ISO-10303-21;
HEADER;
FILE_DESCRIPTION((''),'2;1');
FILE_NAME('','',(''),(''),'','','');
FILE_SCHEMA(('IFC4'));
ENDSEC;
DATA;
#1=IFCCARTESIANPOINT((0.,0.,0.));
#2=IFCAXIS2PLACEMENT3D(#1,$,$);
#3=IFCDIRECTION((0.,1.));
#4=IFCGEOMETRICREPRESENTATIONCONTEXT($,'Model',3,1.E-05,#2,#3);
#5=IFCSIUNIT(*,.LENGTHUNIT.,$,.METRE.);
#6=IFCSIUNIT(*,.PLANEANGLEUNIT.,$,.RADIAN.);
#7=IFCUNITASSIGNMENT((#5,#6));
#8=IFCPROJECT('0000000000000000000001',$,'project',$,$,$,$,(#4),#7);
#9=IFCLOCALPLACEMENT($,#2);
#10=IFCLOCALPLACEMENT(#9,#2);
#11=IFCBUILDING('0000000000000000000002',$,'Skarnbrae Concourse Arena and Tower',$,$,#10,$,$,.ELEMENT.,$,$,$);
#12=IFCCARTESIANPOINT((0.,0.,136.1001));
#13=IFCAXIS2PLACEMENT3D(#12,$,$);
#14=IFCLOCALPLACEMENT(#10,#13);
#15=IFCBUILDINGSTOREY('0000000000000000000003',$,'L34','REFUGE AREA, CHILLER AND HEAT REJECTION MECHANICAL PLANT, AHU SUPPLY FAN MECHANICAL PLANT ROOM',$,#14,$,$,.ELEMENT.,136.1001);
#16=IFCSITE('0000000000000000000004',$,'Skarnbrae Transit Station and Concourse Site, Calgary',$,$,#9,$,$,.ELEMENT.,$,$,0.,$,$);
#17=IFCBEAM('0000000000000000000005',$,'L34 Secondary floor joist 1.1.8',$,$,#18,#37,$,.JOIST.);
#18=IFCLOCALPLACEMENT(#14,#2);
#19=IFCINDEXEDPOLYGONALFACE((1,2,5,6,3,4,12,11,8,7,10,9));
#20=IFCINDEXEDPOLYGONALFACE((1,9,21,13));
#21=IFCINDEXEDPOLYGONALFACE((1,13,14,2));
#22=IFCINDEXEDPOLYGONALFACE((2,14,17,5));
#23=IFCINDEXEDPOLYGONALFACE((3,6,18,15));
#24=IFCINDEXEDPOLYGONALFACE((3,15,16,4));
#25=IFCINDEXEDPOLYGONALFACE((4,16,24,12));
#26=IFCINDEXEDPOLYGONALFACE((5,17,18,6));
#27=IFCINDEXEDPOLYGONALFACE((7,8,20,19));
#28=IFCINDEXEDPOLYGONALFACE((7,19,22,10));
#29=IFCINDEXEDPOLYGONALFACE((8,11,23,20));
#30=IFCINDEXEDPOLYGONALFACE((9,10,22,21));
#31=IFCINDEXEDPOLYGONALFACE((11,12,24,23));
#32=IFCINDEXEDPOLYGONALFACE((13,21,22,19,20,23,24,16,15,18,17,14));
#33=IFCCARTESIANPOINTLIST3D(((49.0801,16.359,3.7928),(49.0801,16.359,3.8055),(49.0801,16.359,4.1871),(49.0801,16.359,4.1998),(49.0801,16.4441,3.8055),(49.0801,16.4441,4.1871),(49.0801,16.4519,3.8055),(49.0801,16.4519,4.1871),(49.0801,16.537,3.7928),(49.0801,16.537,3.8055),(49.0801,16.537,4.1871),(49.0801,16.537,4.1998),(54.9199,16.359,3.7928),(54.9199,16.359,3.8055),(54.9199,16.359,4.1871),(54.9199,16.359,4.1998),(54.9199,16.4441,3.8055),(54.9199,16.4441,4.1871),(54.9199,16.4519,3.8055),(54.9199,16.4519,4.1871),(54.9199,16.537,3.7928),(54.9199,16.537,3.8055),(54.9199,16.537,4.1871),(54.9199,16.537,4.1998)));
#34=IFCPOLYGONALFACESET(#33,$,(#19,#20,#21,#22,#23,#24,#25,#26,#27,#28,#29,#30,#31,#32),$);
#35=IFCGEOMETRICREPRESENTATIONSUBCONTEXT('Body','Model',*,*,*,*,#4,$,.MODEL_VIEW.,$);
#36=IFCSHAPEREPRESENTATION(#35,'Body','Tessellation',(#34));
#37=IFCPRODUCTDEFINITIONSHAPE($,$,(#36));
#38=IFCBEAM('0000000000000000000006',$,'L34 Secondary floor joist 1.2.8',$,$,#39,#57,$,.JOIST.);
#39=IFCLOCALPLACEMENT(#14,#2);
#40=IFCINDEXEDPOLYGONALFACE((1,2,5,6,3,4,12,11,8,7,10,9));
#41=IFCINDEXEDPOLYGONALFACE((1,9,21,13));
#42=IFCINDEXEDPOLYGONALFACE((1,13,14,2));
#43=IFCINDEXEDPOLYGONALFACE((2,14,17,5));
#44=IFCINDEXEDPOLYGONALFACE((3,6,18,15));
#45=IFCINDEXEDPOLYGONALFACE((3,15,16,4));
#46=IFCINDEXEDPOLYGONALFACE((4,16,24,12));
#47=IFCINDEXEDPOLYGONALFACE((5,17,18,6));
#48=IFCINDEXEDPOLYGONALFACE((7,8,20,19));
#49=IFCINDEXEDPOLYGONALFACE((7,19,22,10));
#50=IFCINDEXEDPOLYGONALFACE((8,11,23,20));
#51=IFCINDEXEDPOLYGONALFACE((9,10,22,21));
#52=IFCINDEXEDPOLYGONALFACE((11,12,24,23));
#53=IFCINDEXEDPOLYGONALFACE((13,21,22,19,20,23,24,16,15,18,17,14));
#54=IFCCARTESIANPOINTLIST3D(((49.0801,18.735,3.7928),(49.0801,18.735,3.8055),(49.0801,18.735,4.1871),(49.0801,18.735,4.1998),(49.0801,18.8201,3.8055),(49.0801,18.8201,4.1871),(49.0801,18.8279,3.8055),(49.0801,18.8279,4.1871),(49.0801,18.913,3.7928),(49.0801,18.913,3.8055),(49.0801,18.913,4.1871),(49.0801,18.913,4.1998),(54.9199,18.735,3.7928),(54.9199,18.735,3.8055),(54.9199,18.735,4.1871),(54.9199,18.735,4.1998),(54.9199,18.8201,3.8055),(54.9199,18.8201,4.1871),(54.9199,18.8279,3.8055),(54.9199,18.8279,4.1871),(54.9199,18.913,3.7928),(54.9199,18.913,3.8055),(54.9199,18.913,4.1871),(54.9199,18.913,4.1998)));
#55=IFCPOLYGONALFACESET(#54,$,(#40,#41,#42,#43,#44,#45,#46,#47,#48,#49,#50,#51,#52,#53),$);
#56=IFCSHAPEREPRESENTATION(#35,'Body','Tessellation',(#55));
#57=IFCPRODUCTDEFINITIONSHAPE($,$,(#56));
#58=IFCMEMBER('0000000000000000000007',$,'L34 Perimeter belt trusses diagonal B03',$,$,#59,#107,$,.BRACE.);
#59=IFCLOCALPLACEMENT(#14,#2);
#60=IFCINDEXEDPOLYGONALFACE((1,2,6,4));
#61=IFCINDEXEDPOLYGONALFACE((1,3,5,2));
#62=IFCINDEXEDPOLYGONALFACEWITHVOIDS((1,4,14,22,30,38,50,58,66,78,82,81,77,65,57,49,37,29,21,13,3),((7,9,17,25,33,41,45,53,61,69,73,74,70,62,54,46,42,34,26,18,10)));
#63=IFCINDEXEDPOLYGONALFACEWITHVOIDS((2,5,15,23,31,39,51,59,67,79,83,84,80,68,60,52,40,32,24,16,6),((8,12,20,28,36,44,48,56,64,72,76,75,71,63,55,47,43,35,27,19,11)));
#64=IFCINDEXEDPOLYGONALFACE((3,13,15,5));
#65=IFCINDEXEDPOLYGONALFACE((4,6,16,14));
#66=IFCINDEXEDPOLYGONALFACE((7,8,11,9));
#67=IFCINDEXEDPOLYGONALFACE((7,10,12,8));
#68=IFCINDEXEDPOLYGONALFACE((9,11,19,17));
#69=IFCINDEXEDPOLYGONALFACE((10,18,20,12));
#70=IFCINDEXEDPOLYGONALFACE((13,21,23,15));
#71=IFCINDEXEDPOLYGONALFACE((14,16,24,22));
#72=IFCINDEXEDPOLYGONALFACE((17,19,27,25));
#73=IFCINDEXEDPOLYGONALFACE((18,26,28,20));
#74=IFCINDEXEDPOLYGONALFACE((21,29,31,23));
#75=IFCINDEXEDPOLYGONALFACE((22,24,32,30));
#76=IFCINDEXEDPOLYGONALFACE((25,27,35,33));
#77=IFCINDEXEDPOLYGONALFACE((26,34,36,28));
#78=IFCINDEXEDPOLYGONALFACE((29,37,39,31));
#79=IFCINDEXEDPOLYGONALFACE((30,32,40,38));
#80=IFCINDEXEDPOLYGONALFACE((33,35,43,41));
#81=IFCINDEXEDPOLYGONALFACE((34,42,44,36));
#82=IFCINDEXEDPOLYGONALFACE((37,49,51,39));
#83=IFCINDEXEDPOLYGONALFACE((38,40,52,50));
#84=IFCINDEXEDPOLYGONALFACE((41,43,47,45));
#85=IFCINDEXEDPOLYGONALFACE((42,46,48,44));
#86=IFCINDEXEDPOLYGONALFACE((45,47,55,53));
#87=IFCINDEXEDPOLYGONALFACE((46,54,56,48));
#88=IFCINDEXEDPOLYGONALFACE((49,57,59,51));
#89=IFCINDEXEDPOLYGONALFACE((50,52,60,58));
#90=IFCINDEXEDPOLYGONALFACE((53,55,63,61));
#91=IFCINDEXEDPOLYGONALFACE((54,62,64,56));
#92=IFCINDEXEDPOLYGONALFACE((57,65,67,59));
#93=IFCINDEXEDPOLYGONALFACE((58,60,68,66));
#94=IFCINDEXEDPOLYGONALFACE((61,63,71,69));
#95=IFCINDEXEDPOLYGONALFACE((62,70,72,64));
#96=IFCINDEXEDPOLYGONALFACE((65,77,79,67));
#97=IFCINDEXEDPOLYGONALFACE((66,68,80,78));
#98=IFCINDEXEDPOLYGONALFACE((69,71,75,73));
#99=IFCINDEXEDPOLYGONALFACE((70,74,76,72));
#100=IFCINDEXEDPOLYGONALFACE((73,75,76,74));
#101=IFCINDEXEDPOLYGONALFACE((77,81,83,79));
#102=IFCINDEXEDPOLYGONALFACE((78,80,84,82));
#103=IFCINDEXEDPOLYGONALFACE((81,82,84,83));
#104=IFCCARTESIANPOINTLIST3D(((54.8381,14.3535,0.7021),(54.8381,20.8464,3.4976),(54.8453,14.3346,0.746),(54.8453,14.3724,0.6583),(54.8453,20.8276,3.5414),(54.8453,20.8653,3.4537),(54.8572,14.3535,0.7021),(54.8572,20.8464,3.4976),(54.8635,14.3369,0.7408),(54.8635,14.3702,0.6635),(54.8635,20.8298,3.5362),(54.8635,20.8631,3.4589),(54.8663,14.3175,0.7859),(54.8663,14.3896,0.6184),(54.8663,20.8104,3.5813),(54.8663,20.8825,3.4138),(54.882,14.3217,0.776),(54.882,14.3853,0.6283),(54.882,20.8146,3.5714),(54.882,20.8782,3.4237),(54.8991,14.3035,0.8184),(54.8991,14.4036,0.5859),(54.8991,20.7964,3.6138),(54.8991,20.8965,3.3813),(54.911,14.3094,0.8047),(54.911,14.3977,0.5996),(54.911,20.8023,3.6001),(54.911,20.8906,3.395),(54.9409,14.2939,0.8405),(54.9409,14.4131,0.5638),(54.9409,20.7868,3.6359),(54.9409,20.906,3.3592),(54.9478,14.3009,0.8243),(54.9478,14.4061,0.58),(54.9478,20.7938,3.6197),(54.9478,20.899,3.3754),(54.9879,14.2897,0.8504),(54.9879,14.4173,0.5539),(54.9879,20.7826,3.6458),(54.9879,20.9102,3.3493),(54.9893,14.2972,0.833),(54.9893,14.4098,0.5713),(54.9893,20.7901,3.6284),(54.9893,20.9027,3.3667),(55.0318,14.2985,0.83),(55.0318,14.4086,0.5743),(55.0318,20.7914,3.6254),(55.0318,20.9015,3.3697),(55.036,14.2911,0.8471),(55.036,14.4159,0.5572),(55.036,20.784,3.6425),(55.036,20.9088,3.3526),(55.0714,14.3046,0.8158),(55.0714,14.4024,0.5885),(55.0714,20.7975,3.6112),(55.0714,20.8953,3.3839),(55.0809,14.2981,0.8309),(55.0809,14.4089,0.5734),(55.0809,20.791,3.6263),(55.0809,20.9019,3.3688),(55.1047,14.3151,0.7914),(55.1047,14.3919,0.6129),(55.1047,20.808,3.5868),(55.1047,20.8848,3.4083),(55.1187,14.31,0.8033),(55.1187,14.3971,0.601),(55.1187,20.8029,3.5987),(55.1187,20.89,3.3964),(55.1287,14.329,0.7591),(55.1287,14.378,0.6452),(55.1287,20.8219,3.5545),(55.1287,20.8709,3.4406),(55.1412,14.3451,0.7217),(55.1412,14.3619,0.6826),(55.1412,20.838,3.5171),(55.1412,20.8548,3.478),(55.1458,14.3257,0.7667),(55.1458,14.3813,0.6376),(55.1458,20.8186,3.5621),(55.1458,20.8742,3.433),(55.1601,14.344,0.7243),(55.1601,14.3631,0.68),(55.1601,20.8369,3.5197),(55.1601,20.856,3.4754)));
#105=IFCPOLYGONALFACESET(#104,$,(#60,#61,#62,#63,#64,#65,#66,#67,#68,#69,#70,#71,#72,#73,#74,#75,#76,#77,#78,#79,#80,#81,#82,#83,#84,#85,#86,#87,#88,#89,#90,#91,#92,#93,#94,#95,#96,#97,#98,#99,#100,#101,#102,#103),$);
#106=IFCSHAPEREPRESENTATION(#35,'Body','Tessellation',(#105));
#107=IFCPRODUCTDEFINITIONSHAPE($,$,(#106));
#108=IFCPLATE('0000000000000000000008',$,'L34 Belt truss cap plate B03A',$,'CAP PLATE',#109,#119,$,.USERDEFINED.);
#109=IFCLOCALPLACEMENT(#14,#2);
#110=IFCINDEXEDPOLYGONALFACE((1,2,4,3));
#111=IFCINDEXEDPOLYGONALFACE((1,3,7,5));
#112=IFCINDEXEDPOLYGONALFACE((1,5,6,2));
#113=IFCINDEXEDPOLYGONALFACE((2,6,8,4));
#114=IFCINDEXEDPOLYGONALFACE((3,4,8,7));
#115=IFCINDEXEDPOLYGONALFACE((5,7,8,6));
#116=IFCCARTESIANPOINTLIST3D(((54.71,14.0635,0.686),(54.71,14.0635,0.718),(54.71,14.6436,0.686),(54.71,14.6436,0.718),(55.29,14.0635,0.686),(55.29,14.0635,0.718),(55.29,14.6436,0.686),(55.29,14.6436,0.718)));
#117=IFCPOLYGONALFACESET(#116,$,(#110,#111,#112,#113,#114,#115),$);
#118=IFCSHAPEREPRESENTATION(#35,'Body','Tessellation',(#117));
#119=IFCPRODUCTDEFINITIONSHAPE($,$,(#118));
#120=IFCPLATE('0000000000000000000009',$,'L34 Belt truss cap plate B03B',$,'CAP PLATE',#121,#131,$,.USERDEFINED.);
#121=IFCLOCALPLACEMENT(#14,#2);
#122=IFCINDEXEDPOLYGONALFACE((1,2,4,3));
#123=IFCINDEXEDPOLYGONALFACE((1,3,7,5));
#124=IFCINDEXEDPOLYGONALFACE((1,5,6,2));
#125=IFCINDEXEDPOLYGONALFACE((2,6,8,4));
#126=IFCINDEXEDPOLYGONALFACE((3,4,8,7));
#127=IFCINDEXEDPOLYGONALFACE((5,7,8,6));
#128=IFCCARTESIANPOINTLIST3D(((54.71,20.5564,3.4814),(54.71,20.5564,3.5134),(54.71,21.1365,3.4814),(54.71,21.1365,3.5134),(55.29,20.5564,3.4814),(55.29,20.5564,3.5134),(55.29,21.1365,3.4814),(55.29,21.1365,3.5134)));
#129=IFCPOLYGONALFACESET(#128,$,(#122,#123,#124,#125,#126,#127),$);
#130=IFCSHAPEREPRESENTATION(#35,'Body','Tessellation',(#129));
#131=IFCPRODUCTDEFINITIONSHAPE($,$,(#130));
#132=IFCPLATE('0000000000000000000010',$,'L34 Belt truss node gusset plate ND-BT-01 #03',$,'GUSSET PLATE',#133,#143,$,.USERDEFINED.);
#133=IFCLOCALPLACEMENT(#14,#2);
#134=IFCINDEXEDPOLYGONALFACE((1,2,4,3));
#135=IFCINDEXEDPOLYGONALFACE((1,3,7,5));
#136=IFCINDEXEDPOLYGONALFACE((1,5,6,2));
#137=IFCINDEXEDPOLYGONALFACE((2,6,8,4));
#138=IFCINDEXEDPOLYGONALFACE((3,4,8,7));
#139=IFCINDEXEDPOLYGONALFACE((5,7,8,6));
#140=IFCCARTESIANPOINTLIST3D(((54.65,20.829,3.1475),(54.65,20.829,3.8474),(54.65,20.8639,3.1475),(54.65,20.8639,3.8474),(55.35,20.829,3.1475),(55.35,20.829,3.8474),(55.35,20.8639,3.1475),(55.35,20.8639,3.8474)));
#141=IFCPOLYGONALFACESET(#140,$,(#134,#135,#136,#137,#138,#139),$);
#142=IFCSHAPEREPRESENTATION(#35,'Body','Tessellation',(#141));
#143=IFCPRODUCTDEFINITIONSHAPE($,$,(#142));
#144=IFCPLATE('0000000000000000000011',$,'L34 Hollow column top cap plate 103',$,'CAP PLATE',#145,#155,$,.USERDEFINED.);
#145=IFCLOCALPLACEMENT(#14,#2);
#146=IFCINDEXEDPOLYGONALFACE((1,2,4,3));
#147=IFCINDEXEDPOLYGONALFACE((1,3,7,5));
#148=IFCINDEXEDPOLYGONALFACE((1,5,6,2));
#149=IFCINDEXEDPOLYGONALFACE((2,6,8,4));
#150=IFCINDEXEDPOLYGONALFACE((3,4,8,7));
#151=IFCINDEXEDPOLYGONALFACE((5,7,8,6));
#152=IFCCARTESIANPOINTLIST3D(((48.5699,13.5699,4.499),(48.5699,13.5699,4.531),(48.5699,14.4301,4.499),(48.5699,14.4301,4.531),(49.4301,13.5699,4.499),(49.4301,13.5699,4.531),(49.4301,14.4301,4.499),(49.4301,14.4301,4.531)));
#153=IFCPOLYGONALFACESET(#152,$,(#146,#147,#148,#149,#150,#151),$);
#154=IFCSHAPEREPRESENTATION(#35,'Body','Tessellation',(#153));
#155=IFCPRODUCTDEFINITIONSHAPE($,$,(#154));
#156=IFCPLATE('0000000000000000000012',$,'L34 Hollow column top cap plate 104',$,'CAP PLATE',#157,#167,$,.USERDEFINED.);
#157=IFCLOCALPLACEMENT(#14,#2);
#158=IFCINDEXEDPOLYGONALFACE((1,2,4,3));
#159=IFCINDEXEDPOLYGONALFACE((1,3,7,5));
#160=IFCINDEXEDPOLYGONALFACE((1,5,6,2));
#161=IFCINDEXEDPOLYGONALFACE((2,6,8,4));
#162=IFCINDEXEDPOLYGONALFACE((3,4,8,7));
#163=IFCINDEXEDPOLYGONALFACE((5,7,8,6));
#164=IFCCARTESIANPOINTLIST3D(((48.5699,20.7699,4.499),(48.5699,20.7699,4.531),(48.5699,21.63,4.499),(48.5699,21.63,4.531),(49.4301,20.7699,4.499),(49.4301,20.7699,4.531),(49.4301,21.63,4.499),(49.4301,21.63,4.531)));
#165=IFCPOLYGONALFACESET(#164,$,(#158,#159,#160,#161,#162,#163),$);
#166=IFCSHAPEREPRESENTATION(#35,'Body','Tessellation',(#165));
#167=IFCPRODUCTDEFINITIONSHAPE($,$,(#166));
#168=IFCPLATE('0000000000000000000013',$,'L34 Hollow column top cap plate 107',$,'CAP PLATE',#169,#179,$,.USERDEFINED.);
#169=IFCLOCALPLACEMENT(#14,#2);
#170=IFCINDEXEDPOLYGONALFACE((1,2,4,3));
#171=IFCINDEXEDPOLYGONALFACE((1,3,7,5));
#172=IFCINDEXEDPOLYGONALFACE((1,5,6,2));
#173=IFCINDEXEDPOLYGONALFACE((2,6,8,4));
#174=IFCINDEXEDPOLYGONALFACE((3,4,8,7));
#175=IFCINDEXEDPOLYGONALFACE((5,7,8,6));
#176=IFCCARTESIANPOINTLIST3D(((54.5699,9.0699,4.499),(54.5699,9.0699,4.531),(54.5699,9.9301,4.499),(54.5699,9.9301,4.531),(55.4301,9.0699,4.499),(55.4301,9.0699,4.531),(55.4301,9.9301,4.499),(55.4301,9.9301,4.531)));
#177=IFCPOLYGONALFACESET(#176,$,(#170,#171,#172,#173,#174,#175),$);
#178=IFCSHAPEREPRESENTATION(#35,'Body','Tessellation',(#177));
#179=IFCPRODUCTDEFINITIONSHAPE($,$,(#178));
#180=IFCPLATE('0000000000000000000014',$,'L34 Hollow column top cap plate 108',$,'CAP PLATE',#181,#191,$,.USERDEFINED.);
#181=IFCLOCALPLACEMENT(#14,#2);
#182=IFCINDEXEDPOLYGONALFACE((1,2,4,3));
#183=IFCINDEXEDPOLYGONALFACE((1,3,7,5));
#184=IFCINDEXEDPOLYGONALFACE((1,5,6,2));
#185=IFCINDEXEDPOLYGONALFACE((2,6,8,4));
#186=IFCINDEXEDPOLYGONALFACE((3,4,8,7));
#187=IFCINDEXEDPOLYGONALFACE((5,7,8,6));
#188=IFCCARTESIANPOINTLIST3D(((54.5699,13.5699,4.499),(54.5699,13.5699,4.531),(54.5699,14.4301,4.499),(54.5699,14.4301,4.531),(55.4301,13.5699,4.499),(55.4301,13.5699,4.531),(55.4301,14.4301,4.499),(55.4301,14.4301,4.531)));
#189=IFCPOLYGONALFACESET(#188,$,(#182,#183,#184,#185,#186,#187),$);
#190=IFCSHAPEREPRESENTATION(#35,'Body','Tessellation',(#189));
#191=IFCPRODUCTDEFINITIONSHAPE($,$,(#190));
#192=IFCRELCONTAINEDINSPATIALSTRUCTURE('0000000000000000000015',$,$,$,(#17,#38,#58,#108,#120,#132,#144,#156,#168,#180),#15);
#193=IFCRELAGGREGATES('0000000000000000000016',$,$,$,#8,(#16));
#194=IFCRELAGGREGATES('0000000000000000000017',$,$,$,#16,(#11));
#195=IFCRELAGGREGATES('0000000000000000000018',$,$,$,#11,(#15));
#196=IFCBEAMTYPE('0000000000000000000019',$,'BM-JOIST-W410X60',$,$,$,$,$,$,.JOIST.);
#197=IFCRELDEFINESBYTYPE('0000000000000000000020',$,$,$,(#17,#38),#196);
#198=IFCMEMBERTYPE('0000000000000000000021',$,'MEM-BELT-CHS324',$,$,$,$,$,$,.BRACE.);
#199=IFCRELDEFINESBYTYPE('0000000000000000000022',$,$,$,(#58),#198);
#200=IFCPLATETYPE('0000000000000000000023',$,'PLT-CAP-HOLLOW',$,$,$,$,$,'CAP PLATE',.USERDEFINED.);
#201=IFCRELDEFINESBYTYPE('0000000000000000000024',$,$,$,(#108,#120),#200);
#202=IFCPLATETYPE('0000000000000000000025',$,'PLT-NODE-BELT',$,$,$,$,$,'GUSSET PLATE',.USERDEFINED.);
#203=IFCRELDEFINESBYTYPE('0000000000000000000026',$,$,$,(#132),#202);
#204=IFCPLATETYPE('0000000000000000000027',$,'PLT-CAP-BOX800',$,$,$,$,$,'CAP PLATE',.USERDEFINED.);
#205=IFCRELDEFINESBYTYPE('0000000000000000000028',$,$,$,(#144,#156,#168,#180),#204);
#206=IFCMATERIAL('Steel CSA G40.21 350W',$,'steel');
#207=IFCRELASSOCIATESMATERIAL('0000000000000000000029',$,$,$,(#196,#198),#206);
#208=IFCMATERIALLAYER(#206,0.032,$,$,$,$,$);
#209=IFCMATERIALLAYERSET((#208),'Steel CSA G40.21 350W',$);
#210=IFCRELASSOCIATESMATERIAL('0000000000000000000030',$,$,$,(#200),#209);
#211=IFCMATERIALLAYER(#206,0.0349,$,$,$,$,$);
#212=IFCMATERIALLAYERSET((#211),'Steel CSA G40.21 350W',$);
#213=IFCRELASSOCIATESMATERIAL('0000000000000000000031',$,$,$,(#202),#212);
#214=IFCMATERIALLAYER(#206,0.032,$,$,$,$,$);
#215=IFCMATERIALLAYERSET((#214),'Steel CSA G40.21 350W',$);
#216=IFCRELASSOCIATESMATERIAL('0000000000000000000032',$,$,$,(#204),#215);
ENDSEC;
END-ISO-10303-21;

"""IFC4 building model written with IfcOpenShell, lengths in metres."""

from ifc_helpers import new_model, si_unit, direction, frame, origin, origin_2d, place, context, subcontext, project, spatial, rectangle, hollow_circle, i_section, extrude, source, transform, mapped, material, layer, layer_set, material_profile, profile_set, type_object, element, save


model = new_model("IFC4")

# Units and contexts
model_context = context("Model", 3, precision=1e-05, world=origin(), true_north=direction((0.0, 1.0)))
body_context = subcontext(model_context, "Body", "Model", "MODEL_VIEW")
ifc_project = project(units=[si_unit("LENGTHUNIT", "METRE"), si_unit("PLANEANGLEUNIT", "RADIAN")], contexts=[model_context])

# Site, building, storey
site_placement = place(None, origin())
site = spatial("IfcSite", under=ifc_project, at=site_placement, Name="Skarnbrae Transit Station and Concourse Site, Calgary", CompositionType="ELEMENT", RefElevation=0.0)
building_placement = place(site_placement, origin())
building = spatial("IfcBuilding", under=site, at=building_placement, Name="Skarnbrae Concourse Arena and Tower", CompositionType="ELEMENT")
storey_placement = place(building_placement, frame((0.0, 0.0, 136.1001)))
storey = spatial("IfcBuildingStorey", under=building, at=storey_placement, Name="L34", Description="REFUGE AREA, CHILLER AND HEAT REJECTION MECHANICAL PLANT, AHU SUPPLY FAN MECHANICAL PLANT ROOM", CompositionType="ELEMENT", Elevation=136.1001)

# Shared definitions
ifc_material_1 = material(Name="Steel CSA G40.21 350W", Category="steel")

# Beams
ifc_material_profile_1 = material_profile(ifc_material_1, i_section(OverallWidth=0.178, OverallDepth=0.407, WebThickness=0.0078, FlangeThickness=0.0127, at=origin_2d()), Name="W410X60")
ifc_profile_set_1 = profile_set([ifc_material_profile_1], Name="Steel CSA G40.21 350W")
beam_type_1 = type_object("IfcBeamType", Name="BM-JOIST-W410X60", PredefinedType="JOIST", material=ifc_profile_set_1)
shared_shape_1 = source(origin(), body_context, "Body", "SweptSolid", [
    extrude(i_section(OverallWidth=0.178, OverallDepth=0.407, WebThickness=0.0078, FlangeThickness=0.0127, at=origin_2d()), origin(), (0.0, 0.0, 1.0), 5.8398),
])
for number, where, z_axis, x_axis, name in (
    (1, (49.0801, 16.448, 3.9963), (1.0, 0.0, 0.0), (0.0, 1.0, 0.0), "L34 Secondary floor joist 1.1.8"),
    (2, (49.0801, 18.824, 3.9963), (1.0, 0.0, 0.0), (0.0, 1.0, 0.0), "L34 Secondary floor joist 1.2.8"),
):
    element("IfcBeam", number, at=place(storey_placement, frame(where, z_axis=z_axis, x_axis=x_axis)), inside=storey, type_object=beam_type_1, Name=name, PredefinedType="JOIST", context=body_context, shape_type="MappedRepresentation", body=[
        mapped(shared_shape_1, transform((0.0, 0.0, 0.0))),
    ])

# Member
ifc_material_profile_2 = material_profile(ifc_material_1, hollow_circle(Radius=0.1619, WallThickness=0.019, at=origin_2d()), Name="HSS324X19.0")
ifc_profile_set_2 = profile_set([ifc_material_profile_2], Name="Steel CSA G40.21 350W")
member_type = type_object("IfcMemberType", Name="MEM-BELT-CHS324", PredefinedType="BRACE", material=ifc_profile_set_2)
shared_shape_2 = source(origin(), body_context, "Body", "SweptSolid", [
    extrude(hollow_circle(Radius=0.1619, WallThickness=0.019, at=origin_2d()), origin(), (0.0, 0.0, 1.0), 7.0691),
])
member_placement = place(storey_placement, frame((55.0, 14.3535, 0.7021), z_axis=(0.0, 0.918492, 0.39544), x_axis=(-1.0, 0.0, 0.0)))
element("IfcMember", 3, at=member_placement, inside=storey, type_object=member_type, Name="L34 Perimeter belt trusses diagonal B03", PredefinedType="BRACE", context=body_context, shape_type="MappedRepresentation", body=[
    mapped(shared_shape_2, transform((0.0, 0.0, 0.0))),
])

# Plates
ifc_layer_1 = layer(ifc_material_1, 0.032)
ifc_layer_set_1 = layer_set([ifc_layer_1], Name="Steel CSA G40.21 350W")
plate_type_1 = type_object("IfcPlateType", Name="PLT-CAP-HOLLOW", ElementType="CAP PLATE", PredefinedType="USERDEFINED", material=ifc_layer_set_1)
shared_shape_3 = source(origin(), body_context, "Body", "SweptSolid", [
    extrude(rectangle(XDim=0.5801, YDim=0.5801, at=origin_2d()), origin(), (0.0, 0.0, 1.0), 0.032),
])
for number, where, z_axis, x_axis, name in (
    (4, (55.0, 14.3535, 0.686), (0.0, 0.0, 1.0), (1.0, 0.0, 0.0), "L34 Belt truss cap plate B03A"),
    (5, (55.0, 20.8464, 3.4814), (0.0, 0.0, 1.0), (1.0, 0.0, 0.0), "L34 Belt truss cap plate B03B"),
):
    element("IfcPlate", number, at=place(storey_placement, frame(where, z_axis=z_axis, x_axis=x_axis)), inside=storey, type_object=plate_type_1, Name=name, ObjectType="CAP PLATE", PredefinedType="USERDEFINED", context=body_context, shape_type="MappedRepresentation", body=[
        mapped(shared_shape_3, transform((0.0, 0.0, 0.0))),
    ])
ifc_layer_2 = layer(ifc_material_1, 0.0349)
ifc_layer_set_2 = layer_set([ifc_layer_2], Name="Steel CSA G40.21 350W")
plate_type_2 = type_object("IfcPlateType", Name="PLT-NODE-BELT", ElementType="GUSSET PLATE", PredefinedType="USERDEFINED", material=ifc_layer_set_2)
shared_shape_4 = source(origin(), body_context, "Body", "SweptSolid", [
    extrude(rectangle(XDim=0.7, YDim=0.0349, at=origin_2d()), origin(), (0.0, 0.0, 1.0), 0.7),
])
plate_placement = place(storey_placement, frame((55.0, 20.8464, 3.1475), z_axis=(0.0, 0.0, 1.0), x_axis=(1.0, 0.0, 0.0)))
element("IfcPlate", 6, at=plate_placement, inside=storey, type_object=plate_type_2, Name="L34 Belt truss node gusset plate ND-BT-01 #03", ObjectType="GUSSET PLATE", PredefinedType="USERDEFINED", context=body_context, shape_type="MappedRepresentation", body=[
    mapped(shared_shape_4, transform((0.0, 0.0, 0.0))),
])
ifc_layer_3 = layer(ifc_material_1, 0.032)
ifc_layer_set_3 = layer_set([ifc_layer_3], Name="Steel CSA G40.21 350W")
plate_type_3 = type_object("IfcPlateType", Name="PLT-CAP-BOX800", ElementType="CAP PLATE", PredefinedType="USERDEFINED", material=ifc_layer_set_3)
shared_shape_5 = source(origin(), body_context, "Body", "SweptSolid", [
    extrude(rectangle(XDim=0.8601, YDim=0.8601, at=origin_2d()), origin(), (0.0, 0.0, 1.0), 0.032),
])
for number, where, z_axis, x_axis, name in (
    (7, (49.0, 14.0, 4.499), (0.0, 0.0, 1.0), (1.0, 0.0, 0.0), "L34 Hollow column top cap plate 103"),
    (8, (49.0, 21.2, 4.499), (0.0, 0.0, 1.0), (1.0, 0.0, 0.0), "L34 Hollow column top cap plate 104"),
    (9, (55.0, 9.5, 4.499), (0.0, 0.0, 1.0), (1.0, 0.0, 0.0), "L34 Hollow column top cap plate 107"),
    (10, (55.0, 14.0, 4.499), (0.0, 0.0, 1.0), (1.0, 0.0, 0.0), "L34 Hollow column top cap plate 108"),
):
    element("IfcPlate", number, at=place(storey_placement, frame(where, z_axis=z_axis, x_axis=x_axis)), inside=storey, type_object=plate_type_3, Name=name, ObjectType="CAP PLATE", PredefinedType="USERDEFINED", context=body_context, shape_type="MappedRepresentation", body=[
        mapped(shared_shape_5, transform((0.0, 0.0, 0.0))),
    ])

save(model, "model.ifc")
